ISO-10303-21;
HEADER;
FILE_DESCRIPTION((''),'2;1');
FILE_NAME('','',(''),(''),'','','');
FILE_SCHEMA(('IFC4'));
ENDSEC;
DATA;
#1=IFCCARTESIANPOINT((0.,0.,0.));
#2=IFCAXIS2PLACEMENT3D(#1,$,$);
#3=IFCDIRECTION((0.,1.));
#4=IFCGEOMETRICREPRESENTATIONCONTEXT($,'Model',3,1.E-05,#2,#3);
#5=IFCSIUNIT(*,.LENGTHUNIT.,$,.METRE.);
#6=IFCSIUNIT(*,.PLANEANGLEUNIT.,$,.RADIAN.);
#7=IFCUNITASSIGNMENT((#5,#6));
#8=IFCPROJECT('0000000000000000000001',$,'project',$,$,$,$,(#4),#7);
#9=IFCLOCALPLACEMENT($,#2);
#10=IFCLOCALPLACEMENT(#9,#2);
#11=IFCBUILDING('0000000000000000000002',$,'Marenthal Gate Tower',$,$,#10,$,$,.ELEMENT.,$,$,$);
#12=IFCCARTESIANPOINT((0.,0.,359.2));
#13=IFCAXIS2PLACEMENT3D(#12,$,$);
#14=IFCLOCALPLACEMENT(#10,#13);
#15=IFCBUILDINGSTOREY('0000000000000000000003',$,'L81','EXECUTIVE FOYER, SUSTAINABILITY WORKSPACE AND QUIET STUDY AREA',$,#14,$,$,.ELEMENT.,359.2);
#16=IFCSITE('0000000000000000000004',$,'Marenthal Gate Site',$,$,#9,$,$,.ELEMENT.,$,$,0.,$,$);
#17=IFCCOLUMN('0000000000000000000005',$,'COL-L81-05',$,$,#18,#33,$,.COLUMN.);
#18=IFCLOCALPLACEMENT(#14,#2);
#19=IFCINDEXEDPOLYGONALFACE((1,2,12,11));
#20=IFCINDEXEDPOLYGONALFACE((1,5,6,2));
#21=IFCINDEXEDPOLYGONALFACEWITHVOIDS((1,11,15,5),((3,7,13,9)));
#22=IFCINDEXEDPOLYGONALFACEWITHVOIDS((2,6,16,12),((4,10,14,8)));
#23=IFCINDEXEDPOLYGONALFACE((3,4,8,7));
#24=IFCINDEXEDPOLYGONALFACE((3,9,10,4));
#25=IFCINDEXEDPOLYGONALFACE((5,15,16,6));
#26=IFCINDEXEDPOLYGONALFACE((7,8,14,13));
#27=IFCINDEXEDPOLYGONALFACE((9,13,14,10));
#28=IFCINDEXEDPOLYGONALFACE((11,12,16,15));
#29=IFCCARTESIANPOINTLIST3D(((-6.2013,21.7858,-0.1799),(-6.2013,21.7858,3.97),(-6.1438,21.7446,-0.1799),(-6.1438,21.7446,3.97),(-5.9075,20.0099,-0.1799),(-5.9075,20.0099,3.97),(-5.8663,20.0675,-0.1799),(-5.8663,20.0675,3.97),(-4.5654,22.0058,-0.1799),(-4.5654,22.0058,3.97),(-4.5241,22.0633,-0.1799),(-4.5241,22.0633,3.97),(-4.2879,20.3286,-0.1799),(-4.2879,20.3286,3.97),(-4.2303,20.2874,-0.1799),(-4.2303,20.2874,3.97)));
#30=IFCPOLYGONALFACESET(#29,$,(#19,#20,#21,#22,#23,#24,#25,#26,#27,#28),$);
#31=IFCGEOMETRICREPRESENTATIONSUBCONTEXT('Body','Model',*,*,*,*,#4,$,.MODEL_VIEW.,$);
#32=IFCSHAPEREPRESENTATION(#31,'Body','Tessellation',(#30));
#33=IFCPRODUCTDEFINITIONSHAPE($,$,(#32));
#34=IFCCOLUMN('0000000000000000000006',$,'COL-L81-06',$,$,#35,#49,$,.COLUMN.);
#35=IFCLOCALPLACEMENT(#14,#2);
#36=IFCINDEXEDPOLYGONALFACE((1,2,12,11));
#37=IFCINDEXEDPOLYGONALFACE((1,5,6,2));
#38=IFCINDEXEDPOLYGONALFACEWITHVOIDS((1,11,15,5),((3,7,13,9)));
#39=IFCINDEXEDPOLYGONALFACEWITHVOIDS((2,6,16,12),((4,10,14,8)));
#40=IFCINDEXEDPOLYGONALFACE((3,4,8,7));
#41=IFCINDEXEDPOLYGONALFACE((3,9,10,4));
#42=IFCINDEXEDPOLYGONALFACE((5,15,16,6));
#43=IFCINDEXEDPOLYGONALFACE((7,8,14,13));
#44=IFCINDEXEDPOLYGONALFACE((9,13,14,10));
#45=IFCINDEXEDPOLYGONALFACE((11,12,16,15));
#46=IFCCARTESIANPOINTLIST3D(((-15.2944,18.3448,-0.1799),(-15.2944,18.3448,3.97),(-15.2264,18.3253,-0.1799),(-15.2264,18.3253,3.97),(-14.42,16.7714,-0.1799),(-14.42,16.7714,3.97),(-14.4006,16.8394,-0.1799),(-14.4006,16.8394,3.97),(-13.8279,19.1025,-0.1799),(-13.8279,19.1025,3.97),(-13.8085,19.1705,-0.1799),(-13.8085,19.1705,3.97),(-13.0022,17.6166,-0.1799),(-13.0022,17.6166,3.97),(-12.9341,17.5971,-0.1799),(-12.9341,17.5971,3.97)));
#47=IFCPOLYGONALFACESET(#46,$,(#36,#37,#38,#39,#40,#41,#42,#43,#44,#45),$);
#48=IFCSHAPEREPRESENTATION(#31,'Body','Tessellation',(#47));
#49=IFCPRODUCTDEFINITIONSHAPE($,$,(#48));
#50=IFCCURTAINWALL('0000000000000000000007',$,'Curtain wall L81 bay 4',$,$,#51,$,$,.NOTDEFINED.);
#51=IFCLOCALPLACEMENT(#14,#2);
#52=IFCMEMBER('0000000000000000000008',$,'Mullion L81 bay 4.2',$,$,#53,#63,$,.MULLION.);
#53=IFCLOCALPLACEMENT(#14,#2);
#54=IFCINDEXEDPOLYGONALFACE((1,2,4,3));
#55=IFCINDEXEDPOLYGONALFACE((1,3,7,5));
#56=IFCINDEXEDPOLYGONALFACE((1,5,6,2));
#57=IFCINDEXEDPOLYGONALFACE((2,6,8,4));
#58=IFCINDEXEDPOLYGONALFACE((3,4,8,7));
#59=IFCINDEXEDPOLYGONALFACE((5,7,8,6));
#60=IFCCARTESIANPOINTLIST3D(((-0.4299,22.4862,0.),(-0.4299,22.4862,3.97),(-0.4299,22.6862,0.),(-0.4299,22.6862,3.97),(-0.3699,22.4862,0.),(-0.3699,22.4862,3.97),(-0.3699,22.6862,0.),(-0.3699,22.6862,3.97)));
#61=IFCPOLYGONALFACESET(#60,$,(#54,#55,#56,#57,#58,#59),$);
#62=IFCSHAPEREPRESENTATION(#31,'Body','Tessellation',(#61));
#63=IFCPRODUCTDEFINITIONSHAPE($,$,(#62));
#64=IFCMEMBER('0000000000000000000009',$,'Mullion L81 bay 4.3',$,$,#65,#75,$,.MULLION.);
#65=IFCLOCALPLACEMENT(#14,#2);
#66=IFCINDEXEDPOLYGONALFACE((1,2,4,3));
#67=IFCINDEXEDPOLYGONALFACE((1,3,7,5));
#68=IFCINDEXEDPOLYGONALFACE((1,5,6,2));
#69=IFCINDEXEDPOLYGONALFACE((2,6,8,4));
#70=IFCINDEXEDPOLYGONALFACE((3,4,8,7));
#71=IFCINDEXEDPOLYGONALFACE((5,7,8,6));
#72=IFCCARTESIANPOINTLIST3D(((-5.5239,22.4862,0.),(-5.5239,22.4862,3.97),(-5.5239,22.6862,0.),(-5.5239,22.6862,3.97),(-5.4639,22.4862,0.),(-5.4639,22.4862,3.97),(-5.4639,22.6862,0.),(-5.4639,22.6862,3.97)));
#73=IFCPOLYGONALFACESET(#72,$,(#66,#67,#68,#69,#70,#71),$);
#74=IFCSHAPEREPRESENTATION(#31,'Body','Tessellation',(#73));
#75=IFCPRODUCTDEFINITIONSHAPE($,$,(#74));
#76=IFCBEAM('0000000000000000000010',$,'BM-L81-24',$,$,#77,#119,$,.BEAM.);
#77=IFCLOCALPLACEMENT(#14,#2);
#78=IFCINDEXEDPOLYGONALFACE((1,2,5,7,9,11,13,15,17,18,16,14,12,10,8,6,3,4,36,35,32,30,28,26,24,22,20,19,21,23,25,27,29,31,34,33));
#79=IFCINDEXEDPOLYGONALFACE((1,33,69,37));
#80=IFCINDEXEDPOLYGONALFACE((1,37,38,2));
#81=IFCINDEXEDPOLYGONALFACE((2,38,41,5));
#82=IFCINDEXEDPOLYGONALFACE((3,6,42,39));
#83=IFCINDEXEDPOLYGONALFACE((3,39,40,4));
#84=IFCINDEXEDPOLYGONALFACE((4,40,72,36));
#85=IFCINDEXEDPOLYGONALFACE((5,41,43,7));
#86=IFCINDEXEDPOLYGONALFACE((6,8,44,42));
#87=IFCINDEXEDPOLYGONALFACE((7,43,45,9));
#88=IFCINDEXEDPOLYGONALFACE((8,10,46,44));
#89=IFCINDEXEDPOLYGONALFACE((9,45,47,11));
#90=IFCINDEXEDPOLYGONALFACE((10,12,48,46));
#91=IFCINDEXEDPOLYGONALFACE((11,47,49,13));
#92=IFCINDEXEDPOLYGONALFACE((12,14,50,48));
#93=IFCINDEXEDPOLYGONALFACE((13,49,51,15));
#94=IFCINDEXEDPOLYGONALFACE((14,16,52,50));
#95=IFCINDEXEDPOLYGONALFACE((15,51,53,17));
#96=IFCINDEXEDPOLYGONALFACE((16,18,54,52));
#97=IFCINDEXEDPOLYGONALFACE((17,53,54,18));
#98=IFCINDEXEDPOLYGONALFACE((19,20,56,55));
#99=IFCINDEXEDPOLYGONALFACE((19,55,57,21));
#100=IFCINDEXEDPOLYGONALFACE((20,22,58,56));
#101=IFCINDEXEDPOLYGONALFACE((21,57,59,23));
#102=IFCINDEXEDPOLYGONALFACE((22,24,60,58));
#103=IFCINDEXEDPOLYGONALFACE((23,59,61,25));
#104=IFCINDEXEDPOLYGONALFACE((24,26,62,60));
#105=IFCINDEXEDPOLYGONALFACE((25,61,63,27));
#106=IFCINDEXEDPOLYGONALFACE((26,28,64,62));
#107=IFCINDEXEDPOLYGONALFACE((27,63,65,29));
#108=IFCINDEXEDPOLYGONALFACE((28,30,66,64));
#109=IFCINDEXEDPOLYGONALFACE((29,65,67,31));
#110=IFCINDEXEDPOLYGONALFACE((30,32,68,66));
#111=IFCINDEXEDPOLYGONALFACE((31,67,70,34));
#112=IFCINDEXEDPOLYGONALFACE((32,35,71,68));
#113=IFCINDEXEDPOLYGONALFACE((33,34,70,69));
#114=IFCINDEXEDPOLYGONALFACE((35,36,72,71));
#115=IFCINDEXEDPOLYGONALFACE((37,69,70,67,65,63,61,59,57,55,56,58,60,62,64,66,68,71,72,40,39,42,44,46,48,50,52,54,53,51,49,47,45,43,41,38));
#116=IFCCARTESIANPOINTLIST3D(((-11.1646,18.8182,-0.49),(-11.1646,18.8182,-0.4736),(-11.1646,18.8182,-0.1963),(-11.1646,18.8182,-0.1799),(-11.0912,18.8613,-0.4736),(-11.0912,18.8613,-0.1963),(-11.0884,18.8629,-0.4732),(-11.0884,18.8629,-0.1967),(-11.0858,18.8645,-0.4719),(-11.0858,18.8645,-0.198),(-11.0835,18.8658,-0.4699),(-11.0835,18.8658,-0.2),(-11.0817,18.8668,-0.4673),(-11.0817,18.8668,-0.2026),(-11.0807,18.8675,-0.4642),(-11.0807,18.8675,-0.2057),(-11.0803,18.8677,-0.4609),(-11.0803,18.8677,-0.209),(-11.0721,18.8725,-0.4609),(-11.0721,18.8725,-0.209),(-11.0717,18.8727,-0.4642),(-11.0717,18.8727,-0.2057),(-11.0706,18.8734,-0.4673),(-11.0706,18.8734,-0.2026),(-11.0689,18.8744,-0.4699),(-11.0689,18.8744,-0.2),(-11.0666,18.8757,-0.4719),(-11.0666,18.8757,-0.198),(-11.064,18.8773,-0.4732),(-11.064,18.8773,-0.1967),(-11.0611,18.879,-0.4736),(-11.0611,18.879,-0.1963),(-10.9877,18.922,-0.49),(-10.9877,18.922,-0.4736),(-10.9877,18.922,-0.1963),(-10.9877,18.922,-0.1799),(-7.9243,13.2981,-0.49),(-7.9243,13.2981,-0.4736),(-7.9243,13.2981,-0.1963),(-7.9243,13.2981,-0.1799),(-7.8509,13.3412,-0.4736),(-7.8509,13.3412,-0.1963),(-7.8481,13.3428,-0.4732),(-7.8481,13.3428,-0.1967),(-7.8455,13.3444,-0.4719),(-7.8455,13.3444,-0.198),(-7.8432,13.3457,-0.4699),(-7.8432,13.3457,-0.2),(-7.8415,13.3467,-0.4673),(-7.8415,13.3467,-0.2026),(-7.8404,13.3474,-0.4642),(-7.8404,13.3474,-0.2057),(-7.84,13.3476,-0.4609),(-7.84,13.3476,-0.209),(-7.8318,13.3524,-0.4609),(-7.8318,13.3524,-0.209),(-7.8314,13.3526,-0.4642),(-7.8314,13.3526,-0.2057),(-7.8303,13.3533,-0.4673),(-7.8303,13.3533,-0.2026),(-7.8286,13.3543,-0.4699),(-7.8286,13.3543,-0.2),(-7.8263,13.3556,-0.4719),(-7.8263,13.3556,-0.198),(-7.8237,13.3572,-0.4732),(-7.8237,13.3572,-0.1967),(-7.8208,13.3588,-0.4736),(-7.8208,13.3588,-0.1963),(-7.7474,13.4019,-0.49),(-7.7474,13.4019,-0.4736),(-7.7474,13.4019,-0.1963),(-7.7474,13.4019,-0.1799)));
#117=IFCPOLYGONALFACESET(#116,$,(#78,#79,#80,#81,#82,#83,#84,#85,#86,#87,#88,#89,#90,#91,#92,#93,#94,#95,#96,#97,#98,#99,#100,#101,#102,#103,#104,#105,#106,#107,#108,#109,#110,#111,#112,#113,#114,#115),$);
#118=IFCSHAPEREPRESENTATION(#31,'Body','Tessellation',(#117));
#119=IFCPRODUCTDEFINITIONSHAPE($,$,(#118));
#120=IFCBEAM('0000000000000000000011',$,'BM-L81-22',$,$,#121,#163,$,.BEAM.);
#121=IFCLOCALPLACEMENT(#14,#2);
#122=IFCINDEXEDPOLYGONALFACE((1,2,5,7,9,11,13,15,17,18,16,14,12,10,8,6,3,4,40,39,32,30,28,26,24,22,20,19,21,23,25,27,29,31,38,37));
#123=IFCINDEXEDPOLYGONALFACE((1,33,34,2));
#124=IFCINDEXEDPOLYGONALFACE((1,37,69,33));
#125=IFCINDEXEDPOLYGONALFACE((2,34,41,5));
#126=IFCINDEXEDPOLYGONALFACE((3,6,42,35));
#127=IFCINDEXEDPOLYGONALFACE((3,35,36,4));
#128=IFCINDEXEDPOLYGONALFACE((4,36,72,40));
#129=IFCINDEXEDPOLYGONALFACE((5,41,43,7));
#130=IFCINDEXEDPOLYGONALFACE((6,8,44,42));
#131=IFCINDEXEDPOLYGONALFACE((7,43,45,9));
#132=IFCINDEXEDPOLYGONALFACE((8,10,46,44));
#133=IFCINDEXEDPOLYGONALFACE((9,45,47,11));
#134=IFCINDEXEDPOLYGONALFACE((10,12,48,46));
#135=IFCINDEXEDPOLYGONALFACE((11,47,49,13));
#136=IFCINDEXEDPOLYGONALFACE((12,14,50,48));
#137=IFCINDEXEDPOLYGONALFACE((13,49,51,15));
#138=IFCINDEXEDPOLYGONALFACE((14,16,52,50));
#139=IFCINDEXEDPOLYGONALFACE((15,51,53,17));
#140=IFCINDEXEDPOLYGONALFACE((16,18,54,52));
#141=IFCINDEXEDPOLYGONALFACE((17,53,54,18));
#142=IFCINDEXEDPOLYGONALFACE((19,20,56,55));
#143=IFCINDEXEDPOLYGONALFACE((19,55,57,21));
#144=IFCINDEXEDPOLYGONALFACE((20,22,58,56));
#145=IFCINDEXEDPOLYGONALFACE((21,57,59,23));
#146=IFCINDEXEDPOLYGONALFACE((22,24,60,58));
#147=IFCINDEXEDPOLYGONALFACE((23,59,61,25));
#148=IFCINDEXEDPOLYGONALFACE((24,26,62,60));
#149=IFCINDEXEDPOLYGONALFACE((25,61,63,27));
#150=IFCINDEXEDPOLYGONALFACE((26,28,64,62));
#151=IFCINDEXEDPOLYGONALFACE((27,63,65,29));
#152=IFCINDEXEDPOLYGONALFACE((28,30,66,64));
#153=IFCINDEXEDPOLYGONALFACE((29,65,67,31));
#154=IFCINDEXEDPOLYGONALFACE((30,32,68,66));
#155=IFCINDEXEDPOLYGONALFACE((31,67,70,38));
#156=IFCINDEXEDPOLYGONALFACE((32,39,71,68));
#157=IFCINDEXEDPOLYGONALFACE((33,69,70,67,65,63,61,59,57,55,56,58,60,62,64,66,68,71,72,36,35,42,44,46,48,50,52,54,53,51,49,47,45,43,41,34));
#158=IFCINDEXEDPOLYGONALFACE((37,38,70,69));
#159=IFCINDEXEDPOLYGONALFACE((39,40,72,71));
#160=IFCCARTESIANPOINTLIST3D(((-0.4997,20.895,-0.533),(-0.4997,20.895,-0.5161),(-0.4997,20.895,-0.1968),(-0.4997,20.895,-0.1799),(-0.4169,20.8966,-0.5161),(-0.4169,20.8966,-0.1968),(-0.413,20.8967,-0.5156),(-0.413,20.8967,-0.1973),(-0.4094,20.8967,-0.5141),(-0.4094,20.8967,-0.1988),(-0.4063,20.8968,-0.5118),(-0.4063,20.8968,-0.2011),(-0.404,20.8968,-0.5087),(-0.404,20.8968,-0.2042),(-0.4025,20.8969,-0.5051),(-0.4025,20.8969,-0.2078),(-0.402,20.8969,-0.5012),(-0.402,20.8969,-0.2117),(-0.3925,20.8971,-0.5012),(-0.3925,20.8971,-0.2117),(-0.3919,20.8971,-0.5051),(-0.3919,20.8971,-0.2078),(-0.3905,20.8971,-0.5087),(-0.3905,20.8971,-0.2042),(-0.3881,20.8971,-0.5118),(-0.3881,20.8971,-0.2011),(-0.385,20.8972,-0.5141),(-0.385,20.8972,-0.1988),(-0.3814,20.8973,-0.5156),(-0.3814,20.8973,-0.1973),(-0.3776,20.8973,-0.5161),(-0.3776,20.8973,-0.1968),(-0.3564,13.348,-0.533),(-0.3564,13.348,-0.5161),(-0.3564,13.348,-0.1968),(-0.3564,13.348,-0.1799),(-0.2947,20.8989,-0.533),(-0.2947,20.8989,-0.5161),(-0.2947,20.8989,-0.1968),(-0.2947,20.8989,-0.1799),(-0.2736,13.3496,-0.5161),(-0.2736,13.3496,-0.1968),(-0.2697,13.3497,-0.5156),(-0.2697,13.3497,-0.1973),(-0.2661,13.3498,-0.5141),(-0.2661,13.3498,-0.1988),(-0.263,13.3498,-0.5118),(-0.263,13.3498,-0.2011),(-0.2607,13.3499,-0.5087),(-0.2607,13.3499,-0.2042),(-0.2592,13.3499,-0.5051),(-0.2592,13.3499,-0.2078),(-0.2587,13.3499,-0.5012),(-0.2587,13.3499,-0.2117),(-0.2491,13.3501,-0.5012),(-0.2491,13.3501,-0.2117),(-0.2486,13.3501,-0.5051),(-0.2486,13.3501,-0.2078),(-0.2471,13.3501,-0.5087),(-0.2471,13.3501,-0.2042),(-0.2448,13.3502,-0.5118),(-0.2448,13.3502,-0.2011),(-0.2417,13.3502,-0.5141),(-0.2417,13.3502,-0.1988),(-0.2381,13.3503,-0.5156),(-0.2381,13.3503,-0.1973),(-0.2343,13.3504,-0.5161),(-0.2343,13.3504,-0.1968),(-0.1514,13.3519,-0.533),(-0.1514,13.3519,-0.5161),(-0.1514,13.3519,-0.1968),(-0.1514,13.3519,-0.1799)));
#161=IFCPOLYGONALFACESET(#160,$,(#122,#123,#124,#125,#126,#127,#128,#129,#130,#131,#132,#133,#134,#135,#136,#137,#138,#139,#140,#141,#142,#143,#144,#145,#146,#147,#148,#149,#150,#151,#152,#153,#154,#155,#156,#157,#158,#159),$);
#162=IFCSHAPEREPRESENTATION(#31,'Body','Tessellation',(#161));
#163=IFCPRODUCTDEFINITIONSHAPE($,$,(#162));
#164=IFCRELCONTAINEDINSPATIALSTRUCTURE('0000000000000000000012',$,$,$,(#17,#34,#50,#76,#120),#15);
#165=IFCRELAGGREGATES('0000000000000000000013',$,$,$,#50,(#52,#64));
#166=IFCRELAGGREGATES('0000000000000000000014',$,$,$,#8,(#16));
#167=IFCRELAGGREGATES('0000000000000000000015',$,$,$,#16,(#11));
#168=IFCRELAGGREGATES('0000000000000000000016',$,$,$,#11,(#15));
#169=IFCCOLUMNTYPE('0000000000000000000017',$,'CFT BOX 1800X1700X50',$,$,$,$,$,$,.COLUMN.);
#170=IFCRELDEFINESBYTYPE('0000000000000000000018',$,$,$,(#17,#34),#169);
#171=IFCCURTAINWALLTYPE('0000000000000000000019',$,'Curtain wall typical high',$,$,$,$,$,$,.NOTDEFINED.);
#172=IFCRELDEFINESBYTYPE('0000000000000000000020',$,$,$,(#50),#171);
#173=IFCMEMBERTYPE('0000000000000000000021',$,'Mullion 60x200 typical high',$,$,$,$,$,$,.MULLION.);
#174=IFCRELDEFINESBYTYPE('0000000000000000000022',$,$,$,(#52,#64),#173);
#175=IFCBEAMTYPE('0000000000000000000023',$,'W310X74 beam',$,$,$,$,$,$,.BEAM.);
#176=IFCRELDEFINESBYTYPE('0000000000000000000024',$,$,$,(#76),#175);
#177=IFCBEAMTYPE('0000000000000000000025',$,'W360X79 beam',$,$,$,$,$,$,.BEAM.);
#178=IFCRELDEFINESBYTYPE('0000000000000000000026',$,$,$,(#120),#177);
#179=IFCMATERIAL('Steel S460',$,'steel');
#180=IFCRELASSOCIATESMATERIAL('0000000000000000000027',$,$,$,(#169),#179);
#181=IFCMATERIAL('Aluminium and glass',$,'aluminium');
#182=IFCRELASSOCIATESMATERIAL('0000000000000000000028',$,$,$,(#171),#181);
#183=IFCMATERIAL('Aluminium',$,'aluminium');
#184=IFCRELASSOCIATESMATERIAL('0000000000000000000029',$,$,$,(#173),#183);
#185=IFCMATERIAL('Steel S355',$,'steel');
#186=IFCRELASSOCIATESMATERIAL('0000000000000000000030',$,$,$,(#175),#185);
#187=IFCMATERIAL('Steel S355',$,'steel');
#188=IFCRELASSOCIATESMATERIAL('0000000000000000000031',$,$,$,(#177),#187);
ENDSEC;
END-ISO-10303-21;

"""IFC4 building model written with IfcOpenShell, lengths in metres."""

from ifc_helpers import new_model, si_unit, direction, frame, origin, origin_2d, place, context, subcontext, project, spatial, rectangle, hollow_rectangle, i_section, extrude, material, material_profile, profile_set, type_object, element, aggregate, save


model = new_model("IFC4")

# Units and contexts
model_context = context("Model", 3, precision=1e-05, world=origin(), true_north=direction((0.0, 1.0)))
body_context = subcontext(model_context, "Body", "Model", "MODEL_VIEW")
ifc_project = project(units=[si_unit("LENGTHUNIT", "METRE"), si_unit("PLANEANGLEUNIT", "RADIAN")], contexts=[model_context])

# Site, building, storey
site_placement = place(None, origin())
site = spatial("IfcSite", under=ifc_project, at=site_placement, Name="Marenthal Gate Site", CompositionType="ELEMENT", RefElevation=0.0)
building_placement = place(site_placement, origin())
building = spatial("IfcBuilding", under=site, at=building_placement, Name="Marenthal Gate Tower", CompositionType="ELEMENT")
storey_placement = place(building_placement, frame((0.0, 0.0, 359.2)))
storey = spatial("IfcBuildingStorey", under=building, at=storey_placement, Name="L81", Description="EXECUTIVE FOYER, SUSTAINABILITY WORKSPACE AND QUIET STUDY AREA", CompositionType="ELEMENT", Elevation=359.2)

# Columns
ifc_material_1 = material(Name="Steel S460", Category="steel")
ifc_material_profile_1 = material_profile(ifc_material_1, hollow_rectangle(XDim=1.7, YDim=1.8, WallThickness=0.05, at=origin_2d()), Name="CFT BOX 1800X1700X50")
ifc_material_2 = material(Name="Concrete 70 MPa", Category="concrete")
ifc_material_profile_2 = material_profile(ifc_material_2, rectangle(XDim=1.6001, YDim=1.7, at=origin_2d()), Name="CFT BOX 1800X1700X50 INFILL")
ifc_profile_set_1 = profile_set([ifc_material_profile_1, ifc_material_profile_2], Name="Steel S460 shell, Concrete 70 MPa infill")
column_type = type_object("IfcColumnType", Name="CFT BOX 1800X1700X50", PredefinedType="COLUMN", material=ifc_profile_set_1)
for number, where, z_axis, x_axis, name in (
    (1, (-5.2158, 21.0366, -0.1799), (0.0, 0.0, 1.0), (0.98659, 0.163221, 0.0), "COL-L81-05"),
    (2, (-14.1143, 17.9709, -0.1799), (0.0, 0.0, 1.0), (0.874089, 0.485765, 0.0), "COL-L81-06"),
):
    element("IfcColumn", number, at=place(storey_placement, frame(where, z_axis=z_axis, x_axis=x_axis)), inside=storey, type_object=column_type, Name=name, PredefinedType="COLUMN", context=body_context, shape_type="SweptSolid", body=[
        extrude(hollow_rectangle(XDim=1.7, YDim=1.8, WallThickness=0.05, at=origin_2d()), origin(), (0.0, 0.0, 1.0), 4.1499),
    ])

# Curtain wall, members
ifc_material_3 = material(Name="Aluminium and glass", Category="aluminium")
curtain_wall_type = type_object("IfcCurtainWallType", Name="Curtain wall typical high", PredefinedType="NOTDEFINED", material=ifc_material_3)
curtain_wall_placement = place(storey_placement, origin())
curtain_wall = element("IfcCurtainWall", 3, at=curtain_wall_placement, inside=storey, type_object=curtain_wall_type, Name="Curtain wall L81 bay 4", PredefinedType="NOTDEFINED")
ifc_material_4 = material(Name="Aluminium", Category="aluminium")
ifc_material_profile_3 = material_profile(ifc_material_4, rectangle(XDim=0.2, YDim=0.0601, at=origin_2d()), Name="60x200 aluminium mullion")
ifc_profile_set_2 = profile_set([ifc_material_profile_3], Name="Aluminium")
member_type = type_object("IfcMemberType", Name="Mullion 60x200 typical high", PredefinedType="MULLION", material=ifc_profile_set_2)
member_1_placement = place(storey_placement, frame((-0.3999, 22.5862, 0.0), z_axis=(0.0, 0.0, 1.0), x_axis=(0.0, -1.0, 0.0)))
member_1 = element("IfcMember", 4, at=member_1_placement, type_object=member_type, Name="Mullion L81 bay 4.2", PredefinedType="MULLION", context=body_context, shape_type="SweptSolid", body=[
    extrude(rectangle(XDim=0.2, YDim=0.0601, at=origin_2d()), origin(), (0.0, 0.0, 1.0), 3.97),
])
member_2_placement = place(storey_placement, frame((-5.4939, 22.5862, 0.0), z_axis=(0.0, 0.0, 1.0), x_axis=(0.0, -1.0, 0.0)))
member_2 = element("IfcMember", 5, at=member_2_placement, type_object=member_type, Name="Mullion L81 bay 4.3", PredefinedType="MULLION", context=body_context, shape_type="SweptSolid", body=[
    extrude(rectangle(XDim=0.2, YDim=0.0601, at=origin_2d()), origin(), (0.0, 0.0, 1.0), 3.97),
])

# Beams
ifc_material_5 = material(Name="Steel S355", Category="steel")
ifc_material_profile_4 = material_profile(ifc_material_5, i_section(OverallWidth=0.2051, OverallDepth=0.3101, WebThickness=0.0095, FlangeThickness=0.0164, FilletRadius=0.0127, at=origin_2d()), Name="W310X74")
ifc_profile_set_3 = profile_set([ifc_material_profile_4], Name="Steel S355")
beam_type_1 = type_object("IfcBeamType", Name="W310X74 beam", PredefinedType="BEAM", material=ifc_profile_set_3)
beam_1_placement = place(storey_placement, frame((-11.0762, 18.8701, -0.335), z_axis=(0.506226, -0.862401, 0.0), x_axis=(0.862401, 0.506226, 0.0)))
element("IfcBeam", 6, at=beam_1_placement, inside=storey, type_object=beam_type_1, Name="BM-L81-24", PredefinedType="BEAM", context=body_context, shape_type="SweptSolid", body=[
    extrude(i_section(OverallWidth=0.2051, OverallDepth=0.3101, WebThickness=0.0095, FlangeThickness=0.0164, FilletRadius=0.0127, at=origin_2d()), origin(), (0.0, 0.0, 1.0), 6.4009),
])
ifc_material_6 = material(Name="Steel S355", Category="steel")
ifc_material_profile_5 = material_profile(ifc_material_6, i_section(OverallWidth=0.2051, OverallDepth=0.353, WebThickness=0.0095, FlangeThickness=0.0168, FilletRadius=0.0149, at=origin_2d()), Name="W360X79")
ifc_profile_set_4 = profile_set([ifc_material_profile_5], Name="Steel S355")
beam_type_2 = type_object("IfcBeamType", Name="W360X79 beam", PredefinedType="BEAM", material=ifc_profile_set_4)
beam_2_placement = place(storey_placement, frame((-0.3972, 20.897, -0.3564), z_axis=(0.018986, -0.99982, 0.0), x_axis=(0.99982, 0.018986, 0.0)))
element("IfcBeam", 7, at=beam_2_placement, inside=storey, type_object=beam_type_2, Name="BM-L81-22", PredefinedType="BEAM", context=body_context, shape_type="SweptSolid", body=[
    extrude(i_section(OverallWidth=0.2051, OverallDepth=0.353, WebThickness=0.0095, FlangeThickness=0.0168, FilletRadius=0.0149, at=origin_2d()), origin(), (0.0, 0.0, 1.0), 7.5483),
])

aggregate(curtain_wall, [member_1, member_2])

save(model, "model.ifc")
